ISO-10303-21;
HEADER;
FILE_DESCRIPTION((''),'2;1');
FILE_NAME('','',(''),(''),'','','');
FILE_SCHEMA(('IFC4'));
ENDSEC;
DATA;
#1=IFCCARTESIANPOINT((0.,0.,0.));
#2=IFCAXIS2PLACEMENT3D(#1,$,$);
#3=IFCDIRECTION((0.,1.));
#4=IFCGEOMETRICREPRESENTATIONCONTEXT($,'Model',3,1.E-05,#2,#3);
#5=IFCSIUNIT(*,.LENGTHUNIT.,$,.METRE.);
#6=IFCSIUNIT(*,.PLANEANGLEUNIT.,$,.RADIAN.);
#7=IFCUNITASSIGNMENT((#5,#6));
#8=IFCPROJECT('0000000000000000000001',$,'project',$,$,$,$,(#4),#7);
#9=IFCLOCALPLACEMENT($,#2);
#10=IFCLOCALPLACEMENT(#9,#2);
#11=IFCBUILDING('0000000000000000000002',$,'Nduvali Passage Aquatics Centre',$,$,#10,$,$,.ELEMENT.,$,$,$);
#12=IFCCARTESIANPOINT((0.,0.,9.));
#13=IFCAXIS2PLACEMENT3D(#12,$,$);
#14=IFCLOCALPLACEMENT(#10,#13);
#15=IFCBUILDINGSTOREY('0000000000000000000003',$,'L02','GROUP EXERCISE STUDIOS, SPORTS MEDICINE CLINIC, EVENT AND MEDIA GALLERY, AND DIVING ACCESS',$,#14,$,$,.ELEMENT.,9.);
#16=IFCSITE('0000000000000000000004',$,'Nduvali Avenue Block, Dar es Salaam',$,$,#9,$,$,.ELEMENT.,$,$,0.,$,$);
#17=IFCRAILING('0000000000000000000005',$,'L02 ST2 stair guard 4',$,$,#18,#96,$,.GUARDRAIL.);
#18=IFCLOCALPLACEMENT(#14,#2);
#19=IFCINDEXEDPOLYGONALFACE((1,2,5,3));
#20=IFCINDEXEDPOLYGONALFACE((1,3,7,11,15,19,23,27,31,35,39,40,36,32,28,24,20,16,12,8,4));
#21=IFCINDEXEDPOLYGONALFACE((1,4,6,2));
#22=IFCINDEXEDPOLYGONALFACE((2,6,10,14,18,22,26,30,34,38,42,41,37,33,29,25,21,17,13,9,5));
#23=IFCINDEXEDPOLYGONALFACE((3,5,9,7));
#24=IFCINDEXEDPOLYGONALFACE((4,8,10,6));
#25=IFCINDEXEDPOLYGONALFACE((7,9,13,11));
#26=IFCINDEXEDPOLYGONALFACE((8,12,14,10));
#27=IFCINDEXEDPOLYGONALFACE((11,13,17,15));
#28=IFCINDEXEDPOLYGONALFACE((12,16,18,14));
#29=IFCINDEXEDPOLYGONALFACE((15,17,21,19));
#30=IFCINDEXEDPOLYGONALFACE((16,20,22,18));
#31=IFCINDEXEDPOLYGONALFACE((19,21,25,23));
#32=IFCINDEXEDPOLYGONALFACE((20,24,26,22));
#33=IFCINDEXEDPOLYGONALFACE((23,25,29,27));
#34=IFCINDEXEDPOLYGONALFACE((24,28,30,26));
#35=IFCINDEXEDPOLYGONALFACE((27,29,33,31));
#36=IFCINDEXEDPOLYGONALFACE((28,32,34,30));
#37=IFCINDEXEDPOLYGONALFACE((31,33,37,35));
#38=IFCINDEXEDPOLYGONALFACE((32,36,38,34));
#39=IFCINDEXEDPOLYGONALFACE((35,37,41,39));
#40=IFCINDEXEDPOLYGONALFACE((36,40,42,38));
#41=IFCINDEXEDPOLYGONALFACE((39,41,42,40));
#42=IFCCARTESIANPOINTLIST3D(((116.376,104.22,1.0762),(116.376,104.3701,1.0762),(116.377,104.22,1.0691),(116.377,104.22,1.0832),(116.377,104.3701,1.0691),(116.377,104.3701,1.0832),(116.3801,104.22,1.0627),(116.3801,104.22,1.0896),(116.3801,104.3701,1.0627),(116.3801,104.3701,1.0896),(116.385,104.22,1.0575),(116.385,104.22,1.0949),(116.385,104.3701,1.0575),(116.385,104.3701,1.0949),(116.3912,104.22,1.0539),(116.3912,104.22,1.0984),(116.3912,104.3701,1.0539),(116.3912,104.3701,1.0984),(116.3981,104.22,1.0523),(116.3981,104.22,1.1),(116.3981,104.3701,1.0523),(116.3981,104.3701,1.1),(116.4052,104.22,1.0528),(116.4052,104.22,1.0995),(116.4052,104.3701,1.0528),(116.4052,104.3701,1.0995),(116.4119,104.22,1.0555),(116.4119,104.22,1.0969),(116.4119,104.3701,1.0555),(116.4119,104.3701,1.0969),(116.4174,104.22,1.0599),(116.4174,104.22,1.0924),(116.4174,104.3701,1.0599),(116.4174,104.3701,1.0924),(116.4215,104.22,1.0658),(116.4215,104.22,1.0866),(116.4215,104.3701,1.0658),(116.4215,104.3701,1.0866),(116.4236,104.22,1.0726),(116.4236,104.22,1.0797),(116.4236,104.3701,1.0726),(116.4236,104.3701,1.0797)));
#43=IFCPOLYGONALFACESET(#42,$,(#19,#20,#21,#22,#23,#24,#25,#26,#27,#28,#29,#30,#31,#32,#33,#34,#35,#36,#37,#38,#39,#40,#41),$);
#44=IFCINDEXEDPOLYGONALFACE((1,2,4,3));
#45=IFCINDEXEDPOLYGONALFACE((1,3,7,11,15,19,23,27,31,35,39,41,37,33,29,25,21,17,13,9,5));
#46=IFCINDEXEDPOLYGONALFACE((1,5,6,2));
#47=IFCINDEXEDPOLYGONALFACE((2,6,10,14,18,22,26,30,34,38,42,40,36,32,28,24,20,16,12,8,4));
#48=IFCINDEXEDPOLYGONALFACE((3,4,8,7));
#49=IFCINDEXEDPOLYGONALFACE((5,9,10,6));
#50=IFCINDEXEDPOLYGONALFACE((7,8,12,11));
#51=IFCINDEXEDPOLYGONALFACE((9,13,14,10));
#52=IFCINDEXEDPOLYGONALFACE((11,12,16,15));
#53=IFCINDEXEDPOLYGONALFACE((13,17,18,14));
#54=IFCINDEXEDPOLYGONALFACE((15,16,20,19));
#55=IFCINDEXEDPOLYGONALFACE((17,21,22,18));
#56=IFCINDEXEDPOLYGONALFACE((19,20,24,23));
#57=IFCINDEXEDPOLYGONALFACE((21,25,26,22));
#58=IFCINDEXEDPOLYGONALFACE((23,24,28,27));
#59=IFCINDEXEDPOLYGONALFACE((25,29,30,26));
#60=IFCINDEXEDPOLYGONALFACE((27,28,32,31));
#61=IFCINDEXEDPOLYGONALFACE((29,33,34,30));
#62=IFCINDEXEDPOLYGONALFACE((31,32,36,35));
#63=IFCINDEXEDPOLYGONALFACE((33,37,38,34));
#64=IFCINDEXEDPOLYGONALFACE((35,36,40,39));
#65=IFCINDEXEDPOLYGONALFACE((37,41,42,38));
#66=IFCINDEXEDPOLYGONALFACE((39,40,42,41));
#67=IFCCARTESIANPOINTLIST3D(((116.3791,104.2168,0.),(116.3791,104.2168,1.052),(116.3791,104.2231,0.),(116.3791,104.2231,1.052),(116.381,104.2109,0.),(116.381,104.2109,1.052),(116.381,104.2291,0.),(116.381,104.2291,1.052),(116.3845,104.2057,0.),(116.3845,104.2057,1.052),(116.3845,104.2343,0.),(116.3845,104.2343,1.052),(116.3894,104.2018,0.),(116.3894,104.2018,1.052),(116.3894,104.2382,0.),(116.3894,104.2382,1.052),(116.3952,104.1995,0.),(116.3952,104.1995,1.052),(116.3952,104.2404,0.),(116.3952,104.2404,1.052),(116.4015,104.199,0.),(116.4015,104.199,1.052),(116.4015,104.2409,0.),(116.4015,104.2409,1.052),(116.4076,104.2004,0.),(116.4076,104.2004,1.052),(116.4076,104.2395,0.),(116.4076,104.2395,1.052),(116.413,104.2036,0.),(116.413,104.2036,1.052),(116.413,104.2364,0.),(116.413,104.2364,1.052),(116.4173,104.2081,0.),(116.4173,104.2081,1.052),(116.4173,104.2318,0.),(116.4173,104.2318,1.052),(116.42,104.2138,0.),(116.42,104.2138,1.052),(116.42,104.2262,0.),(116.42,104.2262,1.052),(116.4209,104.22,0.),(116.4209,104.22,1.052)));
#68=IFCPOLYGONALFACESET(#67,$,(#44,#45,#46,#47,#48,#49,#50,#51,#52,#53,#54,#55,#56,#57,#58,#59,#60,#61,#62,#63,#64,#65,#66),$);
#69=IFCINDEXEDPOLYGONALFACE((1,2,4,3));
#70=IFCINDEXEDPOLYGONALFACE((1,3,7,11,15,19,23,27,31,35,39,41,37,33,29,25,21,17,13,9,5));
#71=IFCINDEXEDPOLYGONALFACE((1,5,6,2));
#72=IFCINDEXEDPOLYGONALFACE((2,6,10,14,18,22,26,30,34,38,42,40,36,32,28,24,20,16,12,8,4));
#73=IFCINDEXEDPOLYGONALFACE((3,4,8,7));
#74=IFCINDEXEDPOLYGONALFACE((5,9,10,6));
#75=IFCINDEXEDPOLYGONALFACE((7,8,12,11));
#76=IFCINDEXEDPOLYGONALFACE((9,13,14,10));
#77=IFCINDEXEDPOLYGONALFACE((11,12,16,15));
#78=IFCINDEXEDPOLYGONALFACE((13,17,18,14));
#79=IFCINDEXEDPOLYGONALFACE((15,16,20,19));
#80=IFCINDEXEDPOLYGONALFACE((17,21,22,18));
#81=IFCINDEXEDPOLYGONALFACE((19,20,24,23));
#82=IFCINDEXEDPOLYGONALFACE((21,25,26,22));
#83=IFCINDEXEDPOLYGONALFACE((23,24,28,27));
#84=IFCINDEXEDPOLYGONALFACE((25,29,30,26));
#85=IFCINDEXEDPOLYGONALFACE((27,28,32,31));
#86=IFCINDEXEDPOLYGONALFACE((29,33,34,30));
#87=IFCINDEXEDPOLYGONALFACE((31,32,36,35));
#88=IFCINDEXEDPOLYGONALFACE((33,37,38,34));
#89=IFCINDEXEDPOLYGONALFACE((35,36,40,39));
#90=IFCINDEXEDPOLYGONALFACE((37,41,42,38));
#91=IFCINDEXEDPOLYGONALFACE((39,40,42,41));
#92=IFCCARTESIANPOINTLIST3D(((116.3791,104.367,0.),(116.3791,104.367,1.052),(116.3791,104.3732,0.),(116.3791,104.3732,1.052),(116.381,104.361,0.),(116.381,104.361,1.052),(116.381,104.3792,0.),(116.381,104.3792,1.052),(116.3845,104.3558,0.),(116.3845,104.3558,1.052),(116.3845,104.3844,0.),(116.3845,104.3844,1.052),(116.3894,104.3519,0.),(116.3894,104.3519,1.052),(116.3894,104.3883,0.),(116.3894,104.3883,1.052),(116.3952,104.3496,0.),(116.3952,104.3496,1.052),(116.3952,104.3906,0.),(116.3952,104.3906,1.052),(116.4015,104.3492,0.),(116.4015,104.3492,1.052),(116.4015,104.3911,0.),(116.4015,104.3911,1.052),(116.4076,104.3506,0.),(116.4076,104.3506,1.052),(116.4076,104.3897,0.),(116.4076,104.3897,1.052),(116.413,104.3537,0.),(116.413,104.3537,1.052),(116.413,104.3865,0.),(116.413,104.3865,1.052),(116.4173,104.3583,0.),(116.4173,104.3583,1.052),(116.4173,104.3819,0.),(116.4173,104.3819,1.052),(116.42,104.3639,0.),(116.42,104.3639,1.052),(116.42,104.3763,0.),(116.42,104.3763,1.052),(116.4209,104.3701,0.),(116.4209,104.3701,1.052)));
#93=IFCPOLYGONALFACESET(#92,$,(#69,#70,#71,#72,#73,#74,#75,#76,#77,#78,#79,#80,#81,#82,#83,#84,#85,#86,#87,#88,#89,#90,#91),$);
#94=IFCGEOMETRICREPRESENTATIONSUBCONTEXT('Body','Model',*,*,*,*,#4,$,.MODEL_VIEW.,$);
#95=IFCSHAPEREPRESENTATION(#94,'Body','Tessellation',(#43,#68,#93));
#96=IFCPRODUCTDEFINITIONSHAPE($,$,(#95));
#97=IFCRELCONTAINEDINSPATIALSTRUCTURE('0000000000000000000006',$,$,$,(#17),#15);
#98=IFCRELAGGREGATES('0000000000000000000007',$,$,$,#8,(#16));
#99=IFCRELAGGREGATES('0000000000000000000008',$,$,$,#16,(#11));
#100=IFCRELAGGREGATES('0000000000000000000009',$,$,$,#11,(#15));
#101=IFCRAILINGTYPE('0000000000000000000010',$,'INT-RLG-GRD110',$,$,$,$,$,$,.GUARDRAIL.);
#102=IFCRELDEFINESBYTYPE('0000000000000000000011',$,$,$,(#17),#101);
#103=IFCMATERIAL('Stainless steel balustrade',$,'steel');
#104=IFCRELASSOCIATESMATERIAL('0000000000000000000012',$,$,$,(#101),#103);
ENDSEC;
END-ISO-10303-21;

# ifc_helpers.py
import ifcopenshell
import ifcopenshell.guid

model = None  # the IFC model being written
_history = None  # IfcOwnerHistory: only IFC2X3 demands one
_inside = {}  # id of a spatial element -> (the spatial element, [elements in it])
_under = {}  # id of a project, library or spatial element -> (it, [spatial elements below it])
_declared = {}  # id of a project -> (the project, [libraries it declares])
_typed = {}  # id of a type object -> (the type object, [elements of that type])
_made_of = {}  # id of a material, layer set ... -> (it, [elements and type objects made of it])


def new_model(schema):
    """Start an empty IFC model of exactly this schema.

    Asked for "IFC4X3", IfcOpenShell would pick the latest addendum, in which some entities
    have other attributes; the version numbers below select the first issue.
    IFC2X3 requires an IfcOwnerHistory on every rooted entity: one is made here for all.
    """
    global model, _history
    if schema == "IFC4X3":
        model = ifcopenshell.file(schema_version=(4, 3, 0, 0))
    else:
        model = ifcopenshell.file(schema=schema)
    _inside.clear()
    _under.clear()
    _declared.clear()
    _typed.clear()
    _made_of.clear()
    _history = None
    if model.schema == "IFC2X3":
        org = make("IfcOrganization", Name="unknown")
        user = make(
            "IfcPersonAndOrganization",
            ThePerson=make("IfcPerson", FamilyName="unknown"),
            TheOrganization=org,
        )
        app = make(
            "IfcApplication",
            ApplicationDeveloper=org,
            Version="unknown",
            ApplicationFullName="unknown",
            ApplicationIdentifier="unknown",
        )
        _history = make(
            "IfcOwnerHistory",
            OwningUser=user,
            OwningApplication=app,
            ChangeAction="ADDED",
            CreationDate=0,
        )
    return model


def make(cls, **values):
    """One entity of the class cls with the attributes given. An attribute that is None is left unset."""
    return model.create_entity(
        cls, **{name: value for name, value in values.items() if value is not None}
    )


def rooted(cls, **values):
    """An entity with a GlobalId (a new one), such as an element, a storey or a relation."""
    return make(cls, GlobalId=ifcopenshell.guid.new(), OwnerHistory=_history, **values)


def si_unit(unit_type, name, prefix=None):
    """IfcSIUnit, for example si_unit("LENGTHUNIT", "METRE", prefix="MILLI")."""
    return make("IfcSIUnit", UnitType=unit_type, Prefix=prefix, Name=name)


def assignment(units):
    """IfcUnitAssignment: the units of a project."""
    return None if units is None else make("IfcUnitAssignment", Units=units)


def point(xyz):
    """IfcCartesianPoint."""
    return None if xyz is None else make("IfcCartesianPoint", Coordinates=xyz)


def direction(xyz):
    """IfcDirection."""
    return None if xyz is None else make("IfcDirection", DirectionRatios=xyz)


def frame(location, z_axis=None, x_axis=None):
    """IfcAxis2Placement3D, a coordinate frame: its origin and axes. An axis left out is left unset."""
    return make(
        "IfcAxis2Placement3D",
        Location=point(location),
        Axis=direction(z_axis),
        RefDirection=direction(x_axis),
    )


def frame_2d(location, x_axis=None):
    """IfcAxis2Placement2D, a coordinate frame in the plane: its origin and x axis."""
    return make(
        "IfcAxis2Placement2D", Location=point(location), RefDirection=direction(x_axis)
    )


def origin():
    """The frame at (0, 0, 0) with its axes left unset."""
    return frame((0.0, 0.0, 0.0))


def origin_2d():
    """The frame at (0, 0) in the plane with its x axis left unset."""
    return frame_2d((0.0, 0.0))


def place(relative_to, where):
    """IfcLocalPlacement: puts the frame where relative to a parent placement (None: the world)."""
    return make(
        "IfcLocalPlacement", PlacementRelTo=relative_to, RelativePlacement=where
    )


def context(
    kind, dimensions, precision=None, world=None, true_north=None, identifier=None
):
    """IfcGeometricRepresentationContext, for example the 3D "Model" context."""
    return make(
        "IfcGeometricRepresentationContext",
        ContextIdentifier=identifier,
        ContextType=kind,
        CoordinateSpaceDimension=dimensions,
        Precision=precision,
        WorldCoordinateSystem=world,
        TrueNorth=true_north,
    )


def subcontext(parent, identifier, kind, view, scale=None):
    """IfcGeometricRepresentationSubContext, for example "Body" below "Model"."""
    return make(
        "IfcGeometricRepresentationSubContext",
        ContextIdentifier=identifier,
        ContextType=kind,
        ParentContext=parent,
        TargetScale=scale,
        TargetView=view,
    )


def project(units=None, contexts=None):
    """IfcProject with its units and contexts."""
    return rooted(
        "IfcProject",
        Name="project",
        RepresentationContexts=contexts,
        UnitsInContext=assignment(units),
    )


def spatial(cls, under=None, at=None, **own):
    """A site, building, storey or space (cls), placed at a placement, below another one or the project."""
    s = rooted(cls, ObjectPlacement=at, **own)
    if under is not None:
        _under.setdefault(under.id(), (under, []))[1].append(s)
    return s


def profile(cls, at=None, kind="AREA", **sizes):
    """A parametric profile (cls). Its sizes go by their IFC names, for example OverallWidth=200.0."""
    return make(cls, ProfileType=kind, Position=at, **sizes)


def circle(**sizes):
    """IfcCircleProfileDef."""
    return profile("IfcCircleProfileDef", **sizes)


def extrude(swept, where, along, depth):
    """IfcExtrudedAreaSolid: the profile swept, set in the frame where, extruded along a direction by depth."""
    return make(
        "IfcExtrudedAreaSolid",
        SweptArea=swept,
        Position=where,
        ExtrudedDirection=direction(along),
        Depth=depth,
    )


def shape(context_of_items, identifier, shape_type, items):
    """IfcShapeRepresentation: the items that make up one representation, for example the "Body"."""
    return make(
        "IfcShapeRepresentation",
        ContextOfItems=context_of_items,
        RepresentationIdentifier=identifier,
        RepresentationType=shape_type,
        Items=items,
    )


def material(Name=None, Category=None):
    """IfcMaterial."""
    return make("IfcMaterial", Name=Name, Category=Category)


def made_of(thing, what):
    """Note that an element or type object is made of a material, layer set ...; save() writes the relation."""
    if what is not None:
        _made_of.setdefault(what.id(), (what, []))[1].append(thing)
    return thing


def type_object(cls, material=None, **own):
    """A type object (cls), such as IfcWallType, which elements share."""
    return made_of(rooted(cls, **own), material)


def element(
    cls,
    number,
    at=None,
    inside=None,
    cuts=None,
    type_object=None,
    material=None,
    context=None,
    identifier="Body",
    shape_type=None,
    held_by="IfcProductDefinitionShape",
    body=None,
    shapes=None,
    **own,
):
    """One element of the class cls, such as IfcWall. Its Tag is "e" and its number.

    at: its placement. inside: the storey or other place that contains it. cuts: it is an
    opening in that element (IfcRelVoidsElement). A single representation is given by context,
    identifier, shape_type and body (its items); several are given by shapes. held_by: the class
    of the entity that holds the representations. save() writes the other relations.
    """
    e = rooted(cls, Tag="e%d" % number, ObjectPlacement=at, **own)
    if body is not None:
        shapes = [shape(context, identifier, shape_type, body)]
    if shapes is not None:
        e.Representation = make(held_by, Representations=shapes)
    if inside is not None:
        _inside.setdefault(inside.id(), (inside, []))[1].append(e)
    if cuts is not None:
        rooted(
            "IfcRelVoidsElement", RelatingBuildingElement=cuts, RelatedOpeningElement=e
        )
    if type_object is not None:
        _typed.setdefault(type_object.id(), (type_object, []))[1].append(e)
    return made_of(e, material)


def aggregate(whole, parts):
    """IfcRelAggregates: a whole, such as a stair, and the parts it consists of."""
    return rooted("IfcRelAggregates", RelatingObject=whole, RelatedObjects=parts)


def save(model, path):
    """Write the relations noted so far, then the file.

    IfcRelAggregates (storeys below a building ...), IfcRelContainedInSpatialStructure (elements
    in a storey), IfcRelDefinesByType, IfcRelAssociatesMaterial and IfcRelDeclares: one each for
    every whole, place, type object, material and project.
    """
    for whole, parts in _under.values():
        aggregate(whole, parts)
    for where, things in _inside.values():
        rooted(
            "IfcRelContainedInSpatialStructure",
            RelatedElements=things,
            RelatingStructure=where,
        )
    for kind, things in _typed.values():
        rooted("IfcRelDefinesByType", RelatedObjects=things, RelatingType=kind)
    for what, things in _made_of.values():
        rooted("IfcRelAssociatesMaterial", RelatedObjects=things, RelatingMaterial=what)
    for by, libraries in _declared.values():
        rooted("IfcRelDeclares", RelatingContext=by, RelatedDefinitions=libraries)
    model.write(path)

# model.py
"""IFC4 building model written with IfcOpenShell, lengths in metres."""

from ifc_helpers import new_model, si_unit, direction, frame, origin, origin_2d, place, context, subcontext, project, spatial, circle, extrude, material, type_object, element, save


model = new_model("IFC4")

# Units and contexts
model_context = context("Model", 3, precision=1e-05, world=origin(), true_north=direction((0.0, 1.0)))
body_context = subcontext(model_context, "Body", "Model", "MODEL_VIEW")
ifc_project = project(units=[si_unit("LENGTHUNIT", "METRE"), si_unit("PLANEANGLEUNIT", "RADIAN")], contexts=[model_context])

# Site, building, storey
site_placement = place(None, origin())
site = spatial("IfcSite", under=ifc_project, at=site_placement, Name="Nduvali Avenue Block, Dar es Salaam", CompositionType="ELEMENT", RefElevation=0.0)
building_placement = place(site_placement, origin())
building = spatial("IfcBuilding", under=site, at=building_placement, Name="Nduvali Passage Aquatics Centre", CompositionType="ELEMENT")
storey_placement = place(building_placement, frame((0.0, 0.0, 9.0)))
storey = spatial("IfcBuildingStorey", under=building, at=storey_placement, Name="L02", Description="GROUP EXERCISE STUDIOS, SPORTS MEDICINE CLINIC, EVENT AND MEDIA GALLERY, AND DIVING ACCESS", CompositionType="ELEMENT", Elevation=9.0)

# Railing
ifc_material_1 = material(Name="Stainless steel balustrade", Category="steel")
railing_type_1 = type_object("IfcRailingType", Name="INT-RLG-GRD110", PredefinedType="GUARDRAIL", material=ifc_material_1)
railing_1_placement = place(storey_placement, frame((116.3999, 104.22, 0.0)))
element("IfcRailing", 1, at=railing_1_placement, inside=storey, type_object=railing_type_1, Name="L02 ST2 stair guard 4", PredefinedType="GUARDRAIL", context=body_context, shape_type="SweptSolid", body=[
    extrude(circle(Radius=0.0239, at=origin_2d()), frame((0.0, 0.0, 1.0762), z_axis=(0.0, 1.0, 0.0), x_axis=(-1.0, 0.0, 0.0)), (0.0, 0.0, 1.0), 0.1501),
    extrude(circle(Radius=0.021, at=origin_2d()), origin(), (0.0, 0.0, 1.0), 1.052),
    extrude(circle(Radius=0.021, at=origin_2d()), frame((0.0, 0.1501, 0.0)), (0.0, 0.0, 1.0), 1.052),
])

save(model, "model.ifc")
